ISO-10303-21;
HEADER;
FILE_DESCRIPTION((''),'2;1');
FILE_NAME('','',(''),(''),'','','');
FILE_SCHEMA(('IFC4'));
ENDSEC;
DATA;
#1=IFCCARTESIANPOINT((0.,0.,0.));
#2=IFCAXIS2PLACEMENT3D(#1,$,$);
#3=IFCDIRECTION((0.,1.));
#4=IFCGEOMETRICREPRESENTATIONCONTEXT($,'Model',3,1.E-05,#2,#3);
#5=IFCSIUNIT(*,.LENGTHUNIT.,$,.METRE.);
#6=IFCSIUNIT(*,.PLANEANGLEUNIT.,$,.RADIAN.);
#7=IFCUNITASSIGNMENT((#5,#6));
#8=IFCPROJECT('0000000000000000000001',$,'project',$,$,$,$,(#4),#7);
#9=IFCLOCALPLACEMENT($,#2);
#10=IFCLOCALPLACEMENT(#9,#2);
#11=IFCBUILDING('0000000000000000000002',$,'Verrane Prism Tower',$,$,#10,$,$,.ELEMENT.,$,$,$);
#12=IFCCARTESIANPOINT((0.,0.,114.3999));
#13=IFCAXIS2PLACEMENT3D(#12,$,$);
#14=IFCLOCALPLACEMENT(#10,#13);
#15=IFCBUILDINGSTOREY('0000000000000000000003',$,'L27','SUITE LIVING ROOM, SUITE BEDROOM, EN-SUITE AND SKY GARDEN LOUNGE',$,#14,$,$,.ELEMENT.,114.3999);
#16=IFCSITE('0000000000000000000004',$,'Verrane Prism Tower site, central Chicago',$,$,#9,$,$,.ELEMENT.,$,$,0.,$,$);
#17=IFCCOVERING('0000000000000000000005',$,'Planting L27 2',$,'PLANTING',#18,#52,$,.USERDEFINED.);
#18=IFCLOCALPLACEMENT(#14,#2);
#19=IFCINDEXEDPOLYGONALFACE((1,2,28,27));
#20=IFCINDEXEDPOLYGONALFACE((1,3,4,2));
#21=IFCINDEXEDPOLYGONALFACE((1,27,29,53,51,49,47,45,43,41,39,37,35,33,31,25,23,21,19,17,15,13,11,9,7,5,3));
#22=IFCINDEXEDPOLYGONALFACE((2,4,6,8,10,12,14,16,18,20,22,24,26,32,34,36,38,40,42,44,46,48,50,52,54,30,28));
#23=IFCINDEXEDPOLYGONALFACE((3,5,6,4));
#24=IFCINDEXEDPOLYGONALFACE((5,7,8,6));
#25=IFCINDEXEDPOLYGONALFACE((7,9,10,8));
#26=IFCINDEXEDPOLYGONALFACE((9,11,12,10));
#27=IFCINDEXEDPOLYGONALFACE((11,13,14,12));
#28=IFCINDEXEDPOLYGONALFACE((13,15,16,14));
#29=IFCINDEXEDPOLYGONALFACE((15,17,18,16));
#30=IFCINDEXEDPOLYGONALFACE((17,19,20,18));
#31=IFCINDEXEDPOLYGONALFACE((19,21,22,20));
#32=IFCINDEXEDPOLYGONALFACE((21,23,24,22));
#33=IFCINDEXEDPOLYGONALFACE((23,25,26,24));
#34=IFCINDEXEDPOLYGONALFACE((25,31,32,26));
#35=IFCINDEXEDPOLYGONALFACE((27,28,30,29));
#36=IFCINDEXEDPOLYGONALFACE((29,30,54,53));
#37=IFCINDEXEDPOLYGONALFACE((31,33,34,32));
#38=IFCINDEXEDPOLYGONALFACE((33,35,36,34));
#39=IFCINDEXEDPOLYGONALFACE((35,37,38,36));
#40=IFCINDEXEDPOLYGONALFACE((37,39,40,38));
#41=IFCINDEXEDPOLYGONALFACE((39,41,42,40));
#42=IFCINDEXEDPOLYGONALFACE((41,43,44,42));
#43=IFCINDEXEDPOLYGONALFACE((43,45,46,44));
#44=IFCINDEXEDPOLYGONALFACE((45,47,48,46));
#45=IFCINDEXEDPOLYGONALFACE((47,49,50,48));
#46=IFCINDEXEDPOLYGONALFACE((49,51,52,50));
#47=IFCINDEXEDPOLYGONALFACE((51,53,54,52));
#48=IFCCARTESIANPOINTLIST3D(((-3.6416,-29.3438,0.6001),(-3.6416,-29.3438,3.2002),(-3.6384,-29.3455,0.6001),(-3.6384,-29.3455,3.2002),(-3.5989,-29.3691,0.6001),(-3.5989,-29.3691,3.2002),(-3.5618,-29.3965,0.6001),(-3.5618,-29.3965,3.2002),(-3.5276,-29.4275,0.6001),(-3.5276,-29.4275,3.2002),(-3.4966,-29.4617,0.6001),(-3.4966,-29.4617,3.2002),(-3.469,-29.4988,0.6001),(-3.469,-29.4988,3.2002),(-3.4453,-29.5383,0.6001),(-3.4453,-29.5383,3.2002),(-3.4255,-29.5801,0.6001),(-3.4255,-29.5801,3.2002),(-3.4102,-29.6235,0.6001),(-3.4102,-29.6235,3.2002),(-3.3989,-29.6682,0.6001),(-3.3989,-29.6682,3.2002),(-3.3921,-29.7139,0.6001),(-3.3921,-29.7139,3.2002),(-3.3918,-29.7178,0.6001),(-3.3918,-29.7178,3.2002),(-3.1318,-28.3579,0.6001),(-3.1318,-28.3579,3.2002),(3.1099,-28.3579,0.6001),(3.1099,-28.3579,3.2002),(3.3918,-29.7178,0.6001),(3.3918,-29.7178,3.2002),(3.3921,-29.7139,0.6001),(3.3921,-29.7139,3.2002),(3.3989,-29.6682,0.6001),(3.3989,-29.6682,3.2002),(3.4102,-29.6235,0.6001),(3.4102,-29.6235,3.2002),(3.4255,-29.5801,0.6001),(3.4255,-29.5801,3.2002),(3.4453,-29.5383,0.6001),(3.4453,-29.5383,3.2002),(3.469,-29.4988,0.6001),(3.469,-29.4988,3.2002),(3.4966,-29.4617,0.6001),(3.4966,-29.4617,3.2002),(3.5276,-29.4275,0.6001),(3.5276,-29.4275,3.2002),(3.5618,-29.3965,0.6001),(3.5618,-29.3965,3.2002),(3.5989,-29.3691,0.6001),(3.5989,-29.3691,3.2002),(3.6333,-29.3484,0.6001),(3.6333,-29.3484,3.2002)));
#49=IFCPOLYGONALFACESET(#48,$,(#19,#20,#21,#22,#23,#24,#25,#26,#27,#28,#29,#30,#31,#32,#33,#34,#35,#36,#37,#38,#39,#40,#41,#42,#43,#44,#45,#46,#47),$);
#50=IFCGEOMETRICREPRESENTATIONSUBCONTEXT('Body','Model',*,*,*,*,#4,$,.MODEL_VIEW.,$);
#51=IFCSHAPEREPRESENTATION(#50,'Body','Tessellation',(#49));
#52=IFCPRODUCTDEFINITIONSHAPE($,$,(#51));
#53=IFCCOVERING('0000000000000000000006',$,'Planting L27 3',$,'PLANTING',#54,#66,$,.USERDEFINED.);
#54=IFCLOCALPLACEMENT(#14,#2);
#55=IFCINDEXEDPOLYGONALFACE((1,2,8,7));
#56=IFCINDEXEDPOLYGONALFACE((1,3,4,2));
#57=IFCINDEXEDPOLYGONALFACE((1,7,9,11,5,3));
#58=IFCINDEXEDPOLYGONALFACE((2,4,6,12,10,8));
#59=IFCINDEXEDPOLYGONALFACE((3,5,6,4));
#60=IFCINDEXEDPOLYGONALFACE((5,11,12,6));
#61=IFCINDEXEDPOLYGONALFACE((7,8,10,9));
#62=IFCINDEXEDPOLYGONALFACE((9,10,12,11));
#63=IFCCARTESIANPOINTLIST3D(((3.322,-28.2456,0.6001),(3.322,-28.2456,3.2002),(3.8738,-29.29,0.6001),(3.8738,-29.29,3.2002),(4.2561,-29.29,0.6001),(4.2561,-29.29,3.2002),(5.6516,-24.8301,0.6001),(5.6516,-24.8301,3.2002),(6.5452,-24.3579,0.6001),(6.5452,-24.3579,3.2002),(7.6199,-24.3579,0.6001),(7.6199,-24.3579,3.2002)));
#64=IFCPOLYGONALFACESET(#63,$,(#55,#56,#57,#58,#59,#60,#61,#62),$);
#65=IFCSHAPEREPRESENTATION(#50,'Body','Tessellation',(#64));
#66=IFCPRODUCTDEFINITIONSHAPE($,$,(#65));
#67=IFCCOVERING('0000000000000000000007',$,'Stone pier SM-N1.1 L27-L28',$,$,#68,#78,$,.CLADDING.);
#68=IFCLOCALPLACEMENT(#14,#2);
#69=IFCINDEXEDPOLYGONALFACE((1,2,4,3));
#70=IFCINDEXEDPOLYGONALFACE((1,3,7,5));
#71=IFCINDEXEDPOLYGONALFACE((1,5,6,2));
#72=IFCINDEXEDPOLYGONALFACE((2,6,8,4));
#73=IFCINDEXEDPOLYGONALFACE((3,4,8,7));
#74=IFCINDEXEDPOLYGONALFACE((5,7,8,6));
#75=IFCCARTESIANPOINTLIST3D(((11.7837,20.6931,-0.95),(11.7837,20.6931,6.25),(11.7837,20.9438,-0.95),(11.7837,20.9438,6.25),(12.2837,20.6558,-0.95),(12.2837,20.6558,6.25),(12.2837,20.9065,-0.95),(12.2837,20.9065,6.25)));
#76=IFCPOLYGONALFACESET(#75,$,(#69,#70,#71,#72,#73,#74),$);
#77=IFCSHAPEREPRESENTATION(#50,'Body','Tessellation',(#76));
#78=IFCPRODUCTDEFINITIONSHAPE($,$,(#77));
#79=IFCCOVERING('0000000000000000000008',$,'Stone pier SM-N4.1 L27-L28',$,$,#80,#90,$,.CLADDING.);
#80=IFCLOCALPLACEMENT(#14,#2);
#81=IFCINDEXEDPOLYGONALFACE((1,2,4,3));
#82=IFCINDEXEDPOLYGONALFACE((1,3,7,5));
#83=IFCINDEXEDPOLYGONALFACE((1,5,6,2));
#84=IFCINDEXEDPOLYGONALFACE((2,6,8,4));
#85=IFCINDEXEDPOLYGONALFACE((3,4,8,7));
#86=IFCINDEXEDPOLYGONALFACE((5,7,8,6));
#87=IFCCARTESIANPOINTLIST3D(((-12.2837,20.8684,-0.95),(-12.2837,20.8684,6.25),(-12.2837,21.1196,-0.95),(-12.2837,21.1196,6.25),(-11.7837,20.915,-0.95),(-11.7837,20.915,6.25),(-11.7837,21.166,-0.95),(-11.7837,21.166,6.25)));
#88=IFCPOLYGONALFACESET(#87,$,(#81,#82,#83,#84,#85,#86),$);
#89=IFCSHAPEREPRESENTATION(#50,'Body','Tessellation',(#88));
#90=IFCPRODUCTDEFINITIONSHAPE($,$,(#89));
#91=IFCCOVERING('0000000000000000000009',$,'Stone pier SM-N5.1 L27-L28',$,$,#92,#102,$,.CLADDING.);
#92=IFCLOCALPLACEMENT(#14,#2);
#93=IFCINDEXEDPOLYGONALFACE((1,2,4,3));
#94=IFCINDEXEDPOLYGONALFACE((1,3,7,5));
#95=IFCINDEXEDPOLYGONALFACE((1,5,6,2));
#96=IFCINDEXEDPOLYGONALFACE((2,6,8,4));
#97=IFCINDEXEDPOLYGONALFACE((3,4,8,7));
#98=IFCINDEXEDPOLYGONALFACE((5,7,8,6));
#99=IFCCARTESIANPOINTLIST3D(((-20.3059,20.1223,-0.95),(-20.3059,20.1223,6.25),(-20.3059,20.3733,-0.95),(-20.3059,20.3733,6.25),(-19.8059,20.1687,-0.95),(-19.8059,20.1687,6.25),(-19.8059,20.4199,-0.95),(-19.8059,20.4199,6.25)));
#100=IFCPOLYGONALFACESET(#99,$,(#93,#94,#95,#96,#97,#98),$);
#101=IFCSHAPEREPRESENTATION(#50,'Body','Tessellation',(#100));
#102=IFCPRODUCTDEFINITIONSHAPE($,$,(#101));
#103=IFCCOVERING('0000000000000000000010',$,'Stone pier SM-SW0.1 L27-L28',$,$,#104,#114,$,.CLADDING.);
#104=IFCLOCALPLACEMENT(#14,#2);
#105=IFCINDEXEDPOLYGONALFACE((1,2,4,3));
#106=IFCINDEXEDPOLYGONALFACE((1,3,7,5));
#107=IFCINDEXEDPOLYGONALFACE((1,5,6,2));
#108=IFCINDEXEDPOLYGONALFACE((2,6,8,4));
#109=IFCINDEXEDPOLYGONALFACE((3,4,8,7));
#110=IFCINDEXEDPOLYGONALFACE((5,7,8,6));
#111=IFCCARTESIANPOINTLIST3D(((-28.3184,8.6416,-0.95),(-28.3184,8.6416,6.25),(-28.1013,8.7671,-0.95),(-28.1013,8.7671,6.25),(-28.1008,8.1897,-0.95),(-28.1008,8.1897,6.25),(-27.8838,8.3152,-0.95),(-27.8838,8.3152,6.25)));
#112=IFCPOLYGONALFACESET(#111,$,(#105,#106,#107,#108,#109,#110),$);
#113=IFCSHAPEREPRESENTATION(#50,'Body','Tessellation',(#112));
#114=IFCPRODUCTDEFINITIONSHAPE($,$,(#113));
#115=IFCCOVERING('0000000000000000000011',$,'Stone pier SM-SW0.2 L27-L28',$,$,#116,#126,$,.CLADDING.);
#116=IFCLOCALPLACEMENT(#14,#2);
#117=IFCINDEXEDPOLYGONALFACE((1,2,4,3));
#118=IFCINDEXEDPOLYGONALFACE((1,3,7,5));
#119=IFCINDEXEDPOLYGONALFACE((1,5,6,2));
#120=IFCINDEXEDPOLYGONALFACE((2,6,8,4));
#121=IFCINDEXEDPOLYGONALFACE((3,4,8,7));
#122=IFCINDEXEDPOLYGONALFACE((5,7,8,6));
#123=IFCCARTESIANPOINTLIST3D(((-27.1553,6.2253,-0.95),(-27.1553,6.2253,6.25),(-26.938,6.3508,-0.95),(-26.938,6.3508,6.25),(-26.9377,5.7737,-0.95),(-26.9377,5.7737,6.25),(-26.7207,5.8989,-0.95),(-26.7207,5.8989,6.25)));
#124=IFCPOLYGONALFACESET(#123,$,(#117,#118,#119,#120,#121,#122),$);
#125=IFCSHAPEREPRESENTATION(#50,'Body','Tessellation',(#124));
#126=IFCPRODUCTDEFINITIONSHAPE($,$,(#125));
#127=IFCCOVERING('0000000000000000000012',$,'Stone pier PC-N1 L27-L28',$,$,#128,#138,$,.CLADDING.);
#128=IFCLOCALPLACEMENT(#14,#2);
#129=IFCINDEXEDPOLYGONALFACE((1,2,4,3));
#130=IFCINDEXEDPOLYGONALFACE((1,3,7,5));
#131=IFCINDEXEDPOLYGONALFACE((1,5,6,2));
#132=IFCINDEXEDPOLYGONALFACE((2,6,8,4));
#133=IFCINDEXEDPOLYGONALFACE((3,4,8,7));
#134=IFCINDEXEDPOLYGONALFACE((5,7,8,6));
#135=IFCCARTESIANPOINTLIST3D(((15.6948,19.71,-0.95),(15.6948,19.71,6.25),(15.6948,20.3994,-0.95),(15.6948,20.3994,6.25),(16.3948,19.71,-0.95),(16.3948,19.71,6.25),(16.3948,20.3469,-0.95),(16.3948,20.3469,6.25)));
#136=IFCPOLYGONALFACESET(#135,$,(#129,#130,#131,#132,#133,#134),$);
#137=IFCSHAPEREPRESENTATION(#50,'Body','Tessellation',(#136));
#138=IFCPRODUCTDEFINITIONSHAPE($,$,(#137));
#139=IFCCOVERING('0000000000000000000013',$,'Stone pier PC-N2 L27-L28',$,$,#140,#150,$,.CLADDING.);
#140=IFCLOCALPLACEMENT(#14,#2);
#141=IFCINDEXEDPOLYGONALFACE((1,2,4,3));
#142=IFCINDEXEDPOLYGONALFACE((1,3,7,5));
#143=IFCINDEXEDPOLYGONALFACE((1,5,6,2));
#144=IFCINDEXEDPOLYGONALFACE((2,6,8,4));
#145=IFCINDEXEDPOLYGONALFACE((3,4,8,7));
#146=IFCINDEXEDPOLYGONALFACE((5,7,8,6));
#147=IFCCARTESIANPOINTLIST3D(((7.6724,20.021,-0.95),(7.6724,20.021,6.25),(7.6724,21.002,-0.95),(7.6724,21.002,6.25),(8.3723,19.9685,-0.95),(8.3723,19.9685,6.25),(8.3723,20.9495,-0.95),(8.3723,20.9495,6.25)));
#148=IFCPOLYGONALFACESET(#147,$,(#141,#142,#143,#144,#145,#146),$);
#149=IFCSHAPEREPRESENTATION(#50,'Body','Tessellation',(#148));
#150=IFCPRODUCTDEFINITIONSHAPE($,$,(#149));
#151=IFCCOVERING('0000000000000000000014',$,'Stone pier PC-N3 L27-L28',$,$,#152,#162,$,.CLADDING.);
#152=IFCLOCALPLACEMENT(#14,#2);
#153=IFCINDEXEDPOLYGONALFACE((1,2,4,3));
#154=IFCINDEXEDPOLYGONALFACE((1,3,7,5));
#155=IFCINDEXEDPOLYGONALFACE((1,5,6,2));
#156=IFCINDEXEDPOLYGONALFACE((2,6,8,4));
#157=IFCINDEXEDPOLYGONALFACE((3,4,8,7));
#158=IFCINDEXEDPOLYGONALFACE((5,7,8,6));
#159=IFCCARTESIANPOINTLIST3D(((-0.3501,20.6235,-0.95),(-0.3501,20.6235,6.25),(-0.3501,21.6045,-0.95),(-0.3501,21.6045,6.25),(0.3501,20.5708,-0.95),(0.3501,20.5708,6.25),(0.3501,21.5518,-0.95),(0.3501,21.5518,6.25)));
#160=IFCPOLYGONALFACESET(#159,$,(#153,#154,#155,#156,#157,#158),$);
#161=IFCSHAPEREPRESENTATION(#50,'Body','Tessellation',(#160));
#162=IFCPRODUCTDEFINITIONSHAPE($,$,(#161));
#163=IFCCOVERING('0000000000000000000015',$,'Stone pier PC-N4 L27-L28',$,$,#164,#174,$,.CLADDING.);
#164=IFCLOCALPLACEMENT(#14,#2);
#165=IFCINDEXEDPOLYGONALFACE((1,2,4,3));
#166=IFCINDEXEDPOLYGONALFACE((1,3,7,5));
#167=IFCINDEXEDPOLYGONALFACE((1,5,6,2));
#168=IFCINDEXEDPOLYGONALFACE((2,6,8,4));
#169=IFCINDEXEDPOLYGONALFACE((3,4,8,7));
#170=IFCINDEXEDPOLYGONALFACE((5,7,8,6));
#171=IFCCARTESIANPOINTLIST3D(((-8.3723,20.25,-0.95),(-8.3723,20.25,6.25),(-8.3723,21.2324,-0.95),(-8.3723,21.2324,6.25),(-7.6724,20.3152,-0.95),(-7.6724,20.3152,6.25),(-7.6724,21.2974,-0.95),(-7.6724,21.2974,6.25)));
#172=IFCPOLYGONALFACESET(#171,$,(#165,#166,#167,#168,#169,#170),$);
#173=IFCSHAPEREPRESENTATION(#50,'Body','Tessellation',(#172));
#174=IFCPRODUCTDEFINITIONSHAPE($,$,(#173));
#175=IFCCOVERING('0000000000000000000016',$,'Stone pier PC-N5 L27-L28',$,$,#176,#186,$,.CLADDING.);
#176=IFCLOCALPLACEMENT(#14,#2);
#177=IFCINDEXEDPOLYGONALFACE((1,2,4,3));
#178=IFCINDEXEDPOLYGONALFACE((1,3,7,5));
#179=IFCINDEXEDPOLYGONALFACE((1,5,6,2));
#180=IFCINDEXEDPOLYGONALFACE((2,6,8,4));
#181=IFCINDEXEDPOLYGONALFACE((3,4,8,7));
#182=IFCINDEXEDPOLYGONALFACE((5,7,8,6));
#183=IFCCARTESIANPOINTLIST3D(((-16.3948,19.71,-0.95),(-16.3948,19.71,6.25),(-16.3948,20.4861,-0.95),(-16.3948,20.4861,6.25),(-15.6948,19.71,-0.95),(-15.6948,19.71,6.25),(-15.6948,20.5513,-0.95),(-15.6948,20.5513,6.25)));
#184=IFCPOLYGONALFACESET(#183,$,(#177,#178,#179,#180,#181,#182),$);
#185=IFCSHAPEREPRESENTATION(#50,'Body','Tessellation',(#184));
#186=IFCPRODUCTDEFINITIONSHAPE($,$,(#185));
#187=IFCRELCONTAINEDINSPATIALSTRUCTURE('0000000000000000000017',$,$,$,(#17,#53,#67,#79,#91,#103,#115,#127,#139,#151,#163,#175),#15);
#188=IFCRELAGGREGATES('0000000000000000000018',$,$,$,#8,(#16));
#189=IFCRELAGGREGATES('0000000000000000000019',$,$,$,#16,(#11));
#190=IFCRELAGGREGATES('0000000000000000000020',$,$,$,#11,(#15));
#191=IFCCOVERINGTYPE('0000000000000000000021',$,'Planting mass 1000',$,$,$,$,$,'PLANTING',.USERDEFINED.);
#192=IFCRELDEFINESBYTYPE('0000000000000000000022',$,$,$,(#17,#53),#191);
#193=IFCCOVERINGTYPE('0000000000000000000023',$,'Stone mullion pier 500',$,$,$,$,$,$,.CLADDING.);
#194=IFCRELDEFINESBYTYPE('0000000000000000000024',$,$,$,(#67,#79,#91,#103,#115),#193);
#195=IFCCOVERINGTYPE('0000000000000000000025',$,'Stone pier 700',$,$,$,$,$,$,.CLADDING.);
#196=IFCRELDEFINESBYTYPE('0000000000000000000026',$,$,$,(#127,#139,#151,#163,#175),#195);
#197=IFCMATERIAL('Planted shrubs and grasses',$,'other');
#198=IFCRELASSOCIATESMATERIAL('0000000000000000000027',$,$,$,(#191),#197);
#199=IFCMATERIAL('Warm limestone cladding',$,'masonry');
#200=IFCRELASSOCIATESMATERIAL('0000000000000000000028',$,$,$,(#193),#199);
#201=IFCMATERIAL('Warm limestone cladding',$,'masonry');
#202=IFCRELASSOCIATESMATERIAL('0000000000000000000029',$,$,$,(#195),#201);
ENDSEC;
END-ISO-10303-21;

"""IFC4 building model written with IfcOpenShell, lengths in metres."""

from ifc_helpers import new_model, si_unit, direction, frame, origin, place, context, subcontext, project, spatial, polyline, outline, extrude, material, type_object, element, save


model = new_model("IFC4")

# Units and contexts
model_context = context("Model", 3, precision=1e-05, world=origin(), true_north=direction((0.0, 1.0)))
body_context = subcontext(model_context, "Body", "Model", "MODEL_VIEW")
ifc_project = project(units=[si_unit("LENGTHUNIT", "METRE"), si_unit("PLANEANGLEUNIT", "RADIAN")], contexts=[model_context])

# Site, building, storey
site_placement = place(None, origin())
site = spatial("IfcSite", under=ifc_project, at=site_placement, Name="Verrane Prism Tower site, central Chicago", CompositionType="ELEMENT", RefElevation=0.0)
building_placement = place(site_placement, origin())
building = spatial("IfcBuilding", under=site, at=building_placement, Name="Verrane Prism Tower", CompositionType="ELEMENT")
storey_placement = place(building_placement, frame((0.0, 0.0, 114.3999)))
storey = spatial("IfcBuildingStorey", under=building, at=storey_placement, Name="L27", Description="SUITE LIVING ROOM, SUITE BEDROOM, EN-SUITE AND SKY GARDEN LOUNGE", CompositionType="ELEMENT", Elevation=114.3999)

# Coverings
ifc_material_1 = material(Name="Planted shrubs and grasses", Category="other")
covering_type_1 = type_object("IfcCoveringType", Name="Planting mass 1000", ElementType="PLANTING", PredefinedType="USERDEFINED", material=ifc_material_1)
covering_1_placement = place(storey_placement, frame((0.0, 0.0, 0.6001)))
element("IfcCovering", 1, at=covering_1_placement, inside=storey, type_object=covering_type_1, Name="Planting L27 2", ObjectType="PLANTING", PredefinedType="USERDEFINED", context=body_context, shape_type="SweptSolid", body=[
    extrude(outline(polyline([(-3.6384, -29.3455), (-3.5989, -29.3691), (-3.5618, -29.3965), (-3.5276, -29.4275), (-3.4966, -29.4617), (-3.469, -29.4988), (-3.4453, -29.5383), (-3.4255, -29.5801), (-3.4102, -29.6235), (-3.3989, -29.6682), (-3.3921, -29.7139), (-3.3918, -29.7178), (3.3918, -29.7178), (3.3921, -29.7139), (3.3989, -29.6682), (3.4102, -29.6235), (3.4255, -29.5801), (3.4453, -29.5383), (3.469, -29.4988), (3.4966, -29.4617), (3.5276, -29.4275), (3.5618, -29.3965), (3.5989, -29.3691), (3.6333, -29.3484), (3.1099, -28.3579), (-3.1318, -28.3579), (-3.6416, -29.3438), (-3.6384, -29.3455)])), origin(), (0.0, 0.0, 1.0), 2.6001),
])
covering_2_placement = place(storey_placement, frame((0.0, 0.0, 0.6001)))
element("IfcCovering", 2, at=covering_2_placement, inside=storey, type_object=covering_type_1, Name="Planting L27 3", ObjectType="PLANTING", PredefinedType="USERDEFINED", context=body_context, shape_type="SweptSolid", body=[
    extrude(outline(polyline([(3.8738, -29.29), (4.2561, -29.29), (7.6199, -24.3579), (6.5452, -24.3579), (5.6516, -24.8301), (3.322, -28.2456), (3.8738, -29.29)])), origin(), (0.0, 0.0, 1.0), 2.6001),
])
ifc_material_2 = material(Name="Warm limestone cladding", Category="masonry")
covering_type_2 = type_object("IfcCoveringType", Name="Stone mullion pier 500", PredefinedType="CLADDING", material=ifc_material_2)
covering_3_placement = place(storey_placement, frame((0.0, 0.0, -0.95)))
element("IfcCovering", 3, at=covering_3_placement, inside=storey, type_object=covering_type_2, Name="Stone pier SM-N1.1 L27-L28", PredefinedType="CLADDING", context=body_context, shape_type="SweptSolid", body=[
    extrude(outline(polyline([(11.7837, 20.6931), (12.2837, 20.6558), (12.2837, 20.9065), (11.7837, 20.9438), (11.7837, 20.6931)])), origin(), (0.0, 0.0, 1.0), 7.2),
])
covering_4_placement = place(storey_placement, frame((0.0, 0.0, -0.95)))
element("IfcCovering", 4, at=covering_4_placement, inside=storey, type_object=covering_type_2, Name="Stone pier SM-N4.1 L27-L28", PredefinedType="CLADDING", context=body_context, shape_type="SweptSolid", body=[
    extrude(outline(polyline([(-12.2837, 20.8684), (-11.7837, 20.915), (-11.7837, 21.166), (-12.2837, 21.1196), (-12.2837, 20.8684)])), origin(), (0.0, 0.0, 1.0), 7.2),
])
covering_5_placement = place(storey_placement, frame((0.0, 0.0, -0.95)))
element("IfcCovering", 5, at=covering_5_placement, inside=storey, type_object=covering_type_2, Name="Stone pier SM-N5.1 L27-L28", PredefinedType="CLADDING", context=body_context, shape_type="SweptSolid", body=[
    extrude(outline(polyline([(-20.3059, 20.1223), (-19.8059, 20.1687), (-19.8059, 20.4199), (-20.3059, 20.3733), (-20.3059, 20.1223)])), origin(), (0.0, 0.0, 1.0), 7.2),
])
covering_6_placement = place(storey_placement, frame((0.0, 0.0, -0.95)))
element("IfcCovering", 6, at=covering_6_placement, inside=storey, type_object=covering_type_2, Name="Stone pier SM-SW0.1 L27-L28", PredefinedType="CLADDING", context=body_context, shape_type="SweptSolid", body=[
    extrude(outline(polyline([(-27.8838, 8.3152), (-28.1013, 8.7671), (-28.3184, 8.6416), (-28.1008, 8.1897), (-27.8838, 8.3152)])), origin(), (0.0, 0.0, 1.0), 7.2),
])
covering_7_placement = place(storey_placement, frame((0.0, 0.0, -0.95)))
element("IfcCovering", 7, at=covering_7_placement, inside=storey, type_object=covering_type_2, Name="Stone pier SM-SW0.2 L27-L28", PredefinedType="CLADDING", context=body_context, shape_type="SweptSolid", body=[
    extrude(outline(polyline([(-26.7207, 5.8989), (-26.938, 6.3508), (-27.1553, 6.2253), (-26.9377, 5.7737), (-26.7207, 5.8989)])), origin(), (0.0, 0.0, 1.0), 7.2),
])
ifc_material_3 = material(Name="Warm limestone cladding", Category="masonry")
covering_type_3 = type_object("IfcCoveringType", Name="Stone pier 700", PredefinedType="CLADDING", material=ifc_material_3)
covering_8_placement = place(storey_placement, frame((0.0, 0.0, -0.95)))
element("IfcCovering", 8, at=covering_8_placement, inside=storey, type_object=covering_type_3, Name="Stone pier PC-N1 L27-L28", PredefinedType="CLADDING", context=body_context, shape_type="SweptSolid", body=[
    extrude(outline(polyline([(15.6948, 19.71), (16.3948, 19.71), (16.3948, 20.3469), (15.6948, 20.3994), (15.6948, 19.71)])), origin(), (0.0, 0.0, 1.0), 7.2),
])
covering_9_placement = place(storey_placement, frame((0.0, 0.0, -0.95)))
element("IfcCovering", 9, at=covering_9_placement, inside=storey, type_object=covering_type_3, Name="Stone pier PC-N2 L27-L28", PredefinedType="CLADDING", context=body_context, shape_type="SweptSolid", body=[
    extrude(outline(polyline([(7.6724, 21.002), (7.6724, 20.021), (8.3723, 19.9685), (8.3723, 20.9495), (7.6724, 21.002)])), origin(), (0.0, 0.0, 1.0), 7.2),
])
covering_10_placement = place(storey_placement, frame((0.0, 0.0, -0.95)))
element("IfcCovering", 10, at=covering_10_placement, inside=storey, type_object=covering_type_3, Name="Stone pier PC-N3 L27-L28", PredefinedType="CLADDING", context=body_context, shape_type="SweptSolid", body=[
    extrude(outline(polyline([(-0.3501, 21.6045), (-0.3501, 20.6235), (0.3501, 20.5708), (0.3501, 21.5518), (-0.3501, 21.6045)])), origin(), (0.0, 0.0, 1.0), 7.2),
])
covering_11_placement = place(storey_placement, frame((0.0, 0.0, -0.95)))
element("IfcCovering", 11, at=covering_11_placement, inside=storey, type_object=covering_type_3, Name="Stone pier PC-N4 L27-L28", PredefinedType="CLADDING", context=body_context, shape_type="SweptSolid", body=[
    extrude(outline(polyline([(-8.3723, 21.2324), (-8.3723, 20.25), (-7.6724, 20.3152), (-7.6724, 21.2974), (-8.3723, 21.2324)])), origin(), (0.0, 0.0, 1.0), 7.2),
])
covering_12_placement = place(storey_placement, frame((0.0, 0.0, -0.95)))
element("IfcCovering", 12, at=covering_12_placement, inside=storey, type_object=covering_type_3, Name="Stone pier PC-N5 L27-L28", PredefinedType="CLADDING", context=body_context, shape_type="SweptSolid", body=[
    extrude(outline(polyline([(-16.3948, 19.71), (-15.6948, 19.71), (-15.6948, 20.5513), (-16.3948, 20.4861), (-16.3948, 19.71)])), origin(), (0.0, 0.0, 1.0), 7.2),
])

save(model, "model.ifc")
